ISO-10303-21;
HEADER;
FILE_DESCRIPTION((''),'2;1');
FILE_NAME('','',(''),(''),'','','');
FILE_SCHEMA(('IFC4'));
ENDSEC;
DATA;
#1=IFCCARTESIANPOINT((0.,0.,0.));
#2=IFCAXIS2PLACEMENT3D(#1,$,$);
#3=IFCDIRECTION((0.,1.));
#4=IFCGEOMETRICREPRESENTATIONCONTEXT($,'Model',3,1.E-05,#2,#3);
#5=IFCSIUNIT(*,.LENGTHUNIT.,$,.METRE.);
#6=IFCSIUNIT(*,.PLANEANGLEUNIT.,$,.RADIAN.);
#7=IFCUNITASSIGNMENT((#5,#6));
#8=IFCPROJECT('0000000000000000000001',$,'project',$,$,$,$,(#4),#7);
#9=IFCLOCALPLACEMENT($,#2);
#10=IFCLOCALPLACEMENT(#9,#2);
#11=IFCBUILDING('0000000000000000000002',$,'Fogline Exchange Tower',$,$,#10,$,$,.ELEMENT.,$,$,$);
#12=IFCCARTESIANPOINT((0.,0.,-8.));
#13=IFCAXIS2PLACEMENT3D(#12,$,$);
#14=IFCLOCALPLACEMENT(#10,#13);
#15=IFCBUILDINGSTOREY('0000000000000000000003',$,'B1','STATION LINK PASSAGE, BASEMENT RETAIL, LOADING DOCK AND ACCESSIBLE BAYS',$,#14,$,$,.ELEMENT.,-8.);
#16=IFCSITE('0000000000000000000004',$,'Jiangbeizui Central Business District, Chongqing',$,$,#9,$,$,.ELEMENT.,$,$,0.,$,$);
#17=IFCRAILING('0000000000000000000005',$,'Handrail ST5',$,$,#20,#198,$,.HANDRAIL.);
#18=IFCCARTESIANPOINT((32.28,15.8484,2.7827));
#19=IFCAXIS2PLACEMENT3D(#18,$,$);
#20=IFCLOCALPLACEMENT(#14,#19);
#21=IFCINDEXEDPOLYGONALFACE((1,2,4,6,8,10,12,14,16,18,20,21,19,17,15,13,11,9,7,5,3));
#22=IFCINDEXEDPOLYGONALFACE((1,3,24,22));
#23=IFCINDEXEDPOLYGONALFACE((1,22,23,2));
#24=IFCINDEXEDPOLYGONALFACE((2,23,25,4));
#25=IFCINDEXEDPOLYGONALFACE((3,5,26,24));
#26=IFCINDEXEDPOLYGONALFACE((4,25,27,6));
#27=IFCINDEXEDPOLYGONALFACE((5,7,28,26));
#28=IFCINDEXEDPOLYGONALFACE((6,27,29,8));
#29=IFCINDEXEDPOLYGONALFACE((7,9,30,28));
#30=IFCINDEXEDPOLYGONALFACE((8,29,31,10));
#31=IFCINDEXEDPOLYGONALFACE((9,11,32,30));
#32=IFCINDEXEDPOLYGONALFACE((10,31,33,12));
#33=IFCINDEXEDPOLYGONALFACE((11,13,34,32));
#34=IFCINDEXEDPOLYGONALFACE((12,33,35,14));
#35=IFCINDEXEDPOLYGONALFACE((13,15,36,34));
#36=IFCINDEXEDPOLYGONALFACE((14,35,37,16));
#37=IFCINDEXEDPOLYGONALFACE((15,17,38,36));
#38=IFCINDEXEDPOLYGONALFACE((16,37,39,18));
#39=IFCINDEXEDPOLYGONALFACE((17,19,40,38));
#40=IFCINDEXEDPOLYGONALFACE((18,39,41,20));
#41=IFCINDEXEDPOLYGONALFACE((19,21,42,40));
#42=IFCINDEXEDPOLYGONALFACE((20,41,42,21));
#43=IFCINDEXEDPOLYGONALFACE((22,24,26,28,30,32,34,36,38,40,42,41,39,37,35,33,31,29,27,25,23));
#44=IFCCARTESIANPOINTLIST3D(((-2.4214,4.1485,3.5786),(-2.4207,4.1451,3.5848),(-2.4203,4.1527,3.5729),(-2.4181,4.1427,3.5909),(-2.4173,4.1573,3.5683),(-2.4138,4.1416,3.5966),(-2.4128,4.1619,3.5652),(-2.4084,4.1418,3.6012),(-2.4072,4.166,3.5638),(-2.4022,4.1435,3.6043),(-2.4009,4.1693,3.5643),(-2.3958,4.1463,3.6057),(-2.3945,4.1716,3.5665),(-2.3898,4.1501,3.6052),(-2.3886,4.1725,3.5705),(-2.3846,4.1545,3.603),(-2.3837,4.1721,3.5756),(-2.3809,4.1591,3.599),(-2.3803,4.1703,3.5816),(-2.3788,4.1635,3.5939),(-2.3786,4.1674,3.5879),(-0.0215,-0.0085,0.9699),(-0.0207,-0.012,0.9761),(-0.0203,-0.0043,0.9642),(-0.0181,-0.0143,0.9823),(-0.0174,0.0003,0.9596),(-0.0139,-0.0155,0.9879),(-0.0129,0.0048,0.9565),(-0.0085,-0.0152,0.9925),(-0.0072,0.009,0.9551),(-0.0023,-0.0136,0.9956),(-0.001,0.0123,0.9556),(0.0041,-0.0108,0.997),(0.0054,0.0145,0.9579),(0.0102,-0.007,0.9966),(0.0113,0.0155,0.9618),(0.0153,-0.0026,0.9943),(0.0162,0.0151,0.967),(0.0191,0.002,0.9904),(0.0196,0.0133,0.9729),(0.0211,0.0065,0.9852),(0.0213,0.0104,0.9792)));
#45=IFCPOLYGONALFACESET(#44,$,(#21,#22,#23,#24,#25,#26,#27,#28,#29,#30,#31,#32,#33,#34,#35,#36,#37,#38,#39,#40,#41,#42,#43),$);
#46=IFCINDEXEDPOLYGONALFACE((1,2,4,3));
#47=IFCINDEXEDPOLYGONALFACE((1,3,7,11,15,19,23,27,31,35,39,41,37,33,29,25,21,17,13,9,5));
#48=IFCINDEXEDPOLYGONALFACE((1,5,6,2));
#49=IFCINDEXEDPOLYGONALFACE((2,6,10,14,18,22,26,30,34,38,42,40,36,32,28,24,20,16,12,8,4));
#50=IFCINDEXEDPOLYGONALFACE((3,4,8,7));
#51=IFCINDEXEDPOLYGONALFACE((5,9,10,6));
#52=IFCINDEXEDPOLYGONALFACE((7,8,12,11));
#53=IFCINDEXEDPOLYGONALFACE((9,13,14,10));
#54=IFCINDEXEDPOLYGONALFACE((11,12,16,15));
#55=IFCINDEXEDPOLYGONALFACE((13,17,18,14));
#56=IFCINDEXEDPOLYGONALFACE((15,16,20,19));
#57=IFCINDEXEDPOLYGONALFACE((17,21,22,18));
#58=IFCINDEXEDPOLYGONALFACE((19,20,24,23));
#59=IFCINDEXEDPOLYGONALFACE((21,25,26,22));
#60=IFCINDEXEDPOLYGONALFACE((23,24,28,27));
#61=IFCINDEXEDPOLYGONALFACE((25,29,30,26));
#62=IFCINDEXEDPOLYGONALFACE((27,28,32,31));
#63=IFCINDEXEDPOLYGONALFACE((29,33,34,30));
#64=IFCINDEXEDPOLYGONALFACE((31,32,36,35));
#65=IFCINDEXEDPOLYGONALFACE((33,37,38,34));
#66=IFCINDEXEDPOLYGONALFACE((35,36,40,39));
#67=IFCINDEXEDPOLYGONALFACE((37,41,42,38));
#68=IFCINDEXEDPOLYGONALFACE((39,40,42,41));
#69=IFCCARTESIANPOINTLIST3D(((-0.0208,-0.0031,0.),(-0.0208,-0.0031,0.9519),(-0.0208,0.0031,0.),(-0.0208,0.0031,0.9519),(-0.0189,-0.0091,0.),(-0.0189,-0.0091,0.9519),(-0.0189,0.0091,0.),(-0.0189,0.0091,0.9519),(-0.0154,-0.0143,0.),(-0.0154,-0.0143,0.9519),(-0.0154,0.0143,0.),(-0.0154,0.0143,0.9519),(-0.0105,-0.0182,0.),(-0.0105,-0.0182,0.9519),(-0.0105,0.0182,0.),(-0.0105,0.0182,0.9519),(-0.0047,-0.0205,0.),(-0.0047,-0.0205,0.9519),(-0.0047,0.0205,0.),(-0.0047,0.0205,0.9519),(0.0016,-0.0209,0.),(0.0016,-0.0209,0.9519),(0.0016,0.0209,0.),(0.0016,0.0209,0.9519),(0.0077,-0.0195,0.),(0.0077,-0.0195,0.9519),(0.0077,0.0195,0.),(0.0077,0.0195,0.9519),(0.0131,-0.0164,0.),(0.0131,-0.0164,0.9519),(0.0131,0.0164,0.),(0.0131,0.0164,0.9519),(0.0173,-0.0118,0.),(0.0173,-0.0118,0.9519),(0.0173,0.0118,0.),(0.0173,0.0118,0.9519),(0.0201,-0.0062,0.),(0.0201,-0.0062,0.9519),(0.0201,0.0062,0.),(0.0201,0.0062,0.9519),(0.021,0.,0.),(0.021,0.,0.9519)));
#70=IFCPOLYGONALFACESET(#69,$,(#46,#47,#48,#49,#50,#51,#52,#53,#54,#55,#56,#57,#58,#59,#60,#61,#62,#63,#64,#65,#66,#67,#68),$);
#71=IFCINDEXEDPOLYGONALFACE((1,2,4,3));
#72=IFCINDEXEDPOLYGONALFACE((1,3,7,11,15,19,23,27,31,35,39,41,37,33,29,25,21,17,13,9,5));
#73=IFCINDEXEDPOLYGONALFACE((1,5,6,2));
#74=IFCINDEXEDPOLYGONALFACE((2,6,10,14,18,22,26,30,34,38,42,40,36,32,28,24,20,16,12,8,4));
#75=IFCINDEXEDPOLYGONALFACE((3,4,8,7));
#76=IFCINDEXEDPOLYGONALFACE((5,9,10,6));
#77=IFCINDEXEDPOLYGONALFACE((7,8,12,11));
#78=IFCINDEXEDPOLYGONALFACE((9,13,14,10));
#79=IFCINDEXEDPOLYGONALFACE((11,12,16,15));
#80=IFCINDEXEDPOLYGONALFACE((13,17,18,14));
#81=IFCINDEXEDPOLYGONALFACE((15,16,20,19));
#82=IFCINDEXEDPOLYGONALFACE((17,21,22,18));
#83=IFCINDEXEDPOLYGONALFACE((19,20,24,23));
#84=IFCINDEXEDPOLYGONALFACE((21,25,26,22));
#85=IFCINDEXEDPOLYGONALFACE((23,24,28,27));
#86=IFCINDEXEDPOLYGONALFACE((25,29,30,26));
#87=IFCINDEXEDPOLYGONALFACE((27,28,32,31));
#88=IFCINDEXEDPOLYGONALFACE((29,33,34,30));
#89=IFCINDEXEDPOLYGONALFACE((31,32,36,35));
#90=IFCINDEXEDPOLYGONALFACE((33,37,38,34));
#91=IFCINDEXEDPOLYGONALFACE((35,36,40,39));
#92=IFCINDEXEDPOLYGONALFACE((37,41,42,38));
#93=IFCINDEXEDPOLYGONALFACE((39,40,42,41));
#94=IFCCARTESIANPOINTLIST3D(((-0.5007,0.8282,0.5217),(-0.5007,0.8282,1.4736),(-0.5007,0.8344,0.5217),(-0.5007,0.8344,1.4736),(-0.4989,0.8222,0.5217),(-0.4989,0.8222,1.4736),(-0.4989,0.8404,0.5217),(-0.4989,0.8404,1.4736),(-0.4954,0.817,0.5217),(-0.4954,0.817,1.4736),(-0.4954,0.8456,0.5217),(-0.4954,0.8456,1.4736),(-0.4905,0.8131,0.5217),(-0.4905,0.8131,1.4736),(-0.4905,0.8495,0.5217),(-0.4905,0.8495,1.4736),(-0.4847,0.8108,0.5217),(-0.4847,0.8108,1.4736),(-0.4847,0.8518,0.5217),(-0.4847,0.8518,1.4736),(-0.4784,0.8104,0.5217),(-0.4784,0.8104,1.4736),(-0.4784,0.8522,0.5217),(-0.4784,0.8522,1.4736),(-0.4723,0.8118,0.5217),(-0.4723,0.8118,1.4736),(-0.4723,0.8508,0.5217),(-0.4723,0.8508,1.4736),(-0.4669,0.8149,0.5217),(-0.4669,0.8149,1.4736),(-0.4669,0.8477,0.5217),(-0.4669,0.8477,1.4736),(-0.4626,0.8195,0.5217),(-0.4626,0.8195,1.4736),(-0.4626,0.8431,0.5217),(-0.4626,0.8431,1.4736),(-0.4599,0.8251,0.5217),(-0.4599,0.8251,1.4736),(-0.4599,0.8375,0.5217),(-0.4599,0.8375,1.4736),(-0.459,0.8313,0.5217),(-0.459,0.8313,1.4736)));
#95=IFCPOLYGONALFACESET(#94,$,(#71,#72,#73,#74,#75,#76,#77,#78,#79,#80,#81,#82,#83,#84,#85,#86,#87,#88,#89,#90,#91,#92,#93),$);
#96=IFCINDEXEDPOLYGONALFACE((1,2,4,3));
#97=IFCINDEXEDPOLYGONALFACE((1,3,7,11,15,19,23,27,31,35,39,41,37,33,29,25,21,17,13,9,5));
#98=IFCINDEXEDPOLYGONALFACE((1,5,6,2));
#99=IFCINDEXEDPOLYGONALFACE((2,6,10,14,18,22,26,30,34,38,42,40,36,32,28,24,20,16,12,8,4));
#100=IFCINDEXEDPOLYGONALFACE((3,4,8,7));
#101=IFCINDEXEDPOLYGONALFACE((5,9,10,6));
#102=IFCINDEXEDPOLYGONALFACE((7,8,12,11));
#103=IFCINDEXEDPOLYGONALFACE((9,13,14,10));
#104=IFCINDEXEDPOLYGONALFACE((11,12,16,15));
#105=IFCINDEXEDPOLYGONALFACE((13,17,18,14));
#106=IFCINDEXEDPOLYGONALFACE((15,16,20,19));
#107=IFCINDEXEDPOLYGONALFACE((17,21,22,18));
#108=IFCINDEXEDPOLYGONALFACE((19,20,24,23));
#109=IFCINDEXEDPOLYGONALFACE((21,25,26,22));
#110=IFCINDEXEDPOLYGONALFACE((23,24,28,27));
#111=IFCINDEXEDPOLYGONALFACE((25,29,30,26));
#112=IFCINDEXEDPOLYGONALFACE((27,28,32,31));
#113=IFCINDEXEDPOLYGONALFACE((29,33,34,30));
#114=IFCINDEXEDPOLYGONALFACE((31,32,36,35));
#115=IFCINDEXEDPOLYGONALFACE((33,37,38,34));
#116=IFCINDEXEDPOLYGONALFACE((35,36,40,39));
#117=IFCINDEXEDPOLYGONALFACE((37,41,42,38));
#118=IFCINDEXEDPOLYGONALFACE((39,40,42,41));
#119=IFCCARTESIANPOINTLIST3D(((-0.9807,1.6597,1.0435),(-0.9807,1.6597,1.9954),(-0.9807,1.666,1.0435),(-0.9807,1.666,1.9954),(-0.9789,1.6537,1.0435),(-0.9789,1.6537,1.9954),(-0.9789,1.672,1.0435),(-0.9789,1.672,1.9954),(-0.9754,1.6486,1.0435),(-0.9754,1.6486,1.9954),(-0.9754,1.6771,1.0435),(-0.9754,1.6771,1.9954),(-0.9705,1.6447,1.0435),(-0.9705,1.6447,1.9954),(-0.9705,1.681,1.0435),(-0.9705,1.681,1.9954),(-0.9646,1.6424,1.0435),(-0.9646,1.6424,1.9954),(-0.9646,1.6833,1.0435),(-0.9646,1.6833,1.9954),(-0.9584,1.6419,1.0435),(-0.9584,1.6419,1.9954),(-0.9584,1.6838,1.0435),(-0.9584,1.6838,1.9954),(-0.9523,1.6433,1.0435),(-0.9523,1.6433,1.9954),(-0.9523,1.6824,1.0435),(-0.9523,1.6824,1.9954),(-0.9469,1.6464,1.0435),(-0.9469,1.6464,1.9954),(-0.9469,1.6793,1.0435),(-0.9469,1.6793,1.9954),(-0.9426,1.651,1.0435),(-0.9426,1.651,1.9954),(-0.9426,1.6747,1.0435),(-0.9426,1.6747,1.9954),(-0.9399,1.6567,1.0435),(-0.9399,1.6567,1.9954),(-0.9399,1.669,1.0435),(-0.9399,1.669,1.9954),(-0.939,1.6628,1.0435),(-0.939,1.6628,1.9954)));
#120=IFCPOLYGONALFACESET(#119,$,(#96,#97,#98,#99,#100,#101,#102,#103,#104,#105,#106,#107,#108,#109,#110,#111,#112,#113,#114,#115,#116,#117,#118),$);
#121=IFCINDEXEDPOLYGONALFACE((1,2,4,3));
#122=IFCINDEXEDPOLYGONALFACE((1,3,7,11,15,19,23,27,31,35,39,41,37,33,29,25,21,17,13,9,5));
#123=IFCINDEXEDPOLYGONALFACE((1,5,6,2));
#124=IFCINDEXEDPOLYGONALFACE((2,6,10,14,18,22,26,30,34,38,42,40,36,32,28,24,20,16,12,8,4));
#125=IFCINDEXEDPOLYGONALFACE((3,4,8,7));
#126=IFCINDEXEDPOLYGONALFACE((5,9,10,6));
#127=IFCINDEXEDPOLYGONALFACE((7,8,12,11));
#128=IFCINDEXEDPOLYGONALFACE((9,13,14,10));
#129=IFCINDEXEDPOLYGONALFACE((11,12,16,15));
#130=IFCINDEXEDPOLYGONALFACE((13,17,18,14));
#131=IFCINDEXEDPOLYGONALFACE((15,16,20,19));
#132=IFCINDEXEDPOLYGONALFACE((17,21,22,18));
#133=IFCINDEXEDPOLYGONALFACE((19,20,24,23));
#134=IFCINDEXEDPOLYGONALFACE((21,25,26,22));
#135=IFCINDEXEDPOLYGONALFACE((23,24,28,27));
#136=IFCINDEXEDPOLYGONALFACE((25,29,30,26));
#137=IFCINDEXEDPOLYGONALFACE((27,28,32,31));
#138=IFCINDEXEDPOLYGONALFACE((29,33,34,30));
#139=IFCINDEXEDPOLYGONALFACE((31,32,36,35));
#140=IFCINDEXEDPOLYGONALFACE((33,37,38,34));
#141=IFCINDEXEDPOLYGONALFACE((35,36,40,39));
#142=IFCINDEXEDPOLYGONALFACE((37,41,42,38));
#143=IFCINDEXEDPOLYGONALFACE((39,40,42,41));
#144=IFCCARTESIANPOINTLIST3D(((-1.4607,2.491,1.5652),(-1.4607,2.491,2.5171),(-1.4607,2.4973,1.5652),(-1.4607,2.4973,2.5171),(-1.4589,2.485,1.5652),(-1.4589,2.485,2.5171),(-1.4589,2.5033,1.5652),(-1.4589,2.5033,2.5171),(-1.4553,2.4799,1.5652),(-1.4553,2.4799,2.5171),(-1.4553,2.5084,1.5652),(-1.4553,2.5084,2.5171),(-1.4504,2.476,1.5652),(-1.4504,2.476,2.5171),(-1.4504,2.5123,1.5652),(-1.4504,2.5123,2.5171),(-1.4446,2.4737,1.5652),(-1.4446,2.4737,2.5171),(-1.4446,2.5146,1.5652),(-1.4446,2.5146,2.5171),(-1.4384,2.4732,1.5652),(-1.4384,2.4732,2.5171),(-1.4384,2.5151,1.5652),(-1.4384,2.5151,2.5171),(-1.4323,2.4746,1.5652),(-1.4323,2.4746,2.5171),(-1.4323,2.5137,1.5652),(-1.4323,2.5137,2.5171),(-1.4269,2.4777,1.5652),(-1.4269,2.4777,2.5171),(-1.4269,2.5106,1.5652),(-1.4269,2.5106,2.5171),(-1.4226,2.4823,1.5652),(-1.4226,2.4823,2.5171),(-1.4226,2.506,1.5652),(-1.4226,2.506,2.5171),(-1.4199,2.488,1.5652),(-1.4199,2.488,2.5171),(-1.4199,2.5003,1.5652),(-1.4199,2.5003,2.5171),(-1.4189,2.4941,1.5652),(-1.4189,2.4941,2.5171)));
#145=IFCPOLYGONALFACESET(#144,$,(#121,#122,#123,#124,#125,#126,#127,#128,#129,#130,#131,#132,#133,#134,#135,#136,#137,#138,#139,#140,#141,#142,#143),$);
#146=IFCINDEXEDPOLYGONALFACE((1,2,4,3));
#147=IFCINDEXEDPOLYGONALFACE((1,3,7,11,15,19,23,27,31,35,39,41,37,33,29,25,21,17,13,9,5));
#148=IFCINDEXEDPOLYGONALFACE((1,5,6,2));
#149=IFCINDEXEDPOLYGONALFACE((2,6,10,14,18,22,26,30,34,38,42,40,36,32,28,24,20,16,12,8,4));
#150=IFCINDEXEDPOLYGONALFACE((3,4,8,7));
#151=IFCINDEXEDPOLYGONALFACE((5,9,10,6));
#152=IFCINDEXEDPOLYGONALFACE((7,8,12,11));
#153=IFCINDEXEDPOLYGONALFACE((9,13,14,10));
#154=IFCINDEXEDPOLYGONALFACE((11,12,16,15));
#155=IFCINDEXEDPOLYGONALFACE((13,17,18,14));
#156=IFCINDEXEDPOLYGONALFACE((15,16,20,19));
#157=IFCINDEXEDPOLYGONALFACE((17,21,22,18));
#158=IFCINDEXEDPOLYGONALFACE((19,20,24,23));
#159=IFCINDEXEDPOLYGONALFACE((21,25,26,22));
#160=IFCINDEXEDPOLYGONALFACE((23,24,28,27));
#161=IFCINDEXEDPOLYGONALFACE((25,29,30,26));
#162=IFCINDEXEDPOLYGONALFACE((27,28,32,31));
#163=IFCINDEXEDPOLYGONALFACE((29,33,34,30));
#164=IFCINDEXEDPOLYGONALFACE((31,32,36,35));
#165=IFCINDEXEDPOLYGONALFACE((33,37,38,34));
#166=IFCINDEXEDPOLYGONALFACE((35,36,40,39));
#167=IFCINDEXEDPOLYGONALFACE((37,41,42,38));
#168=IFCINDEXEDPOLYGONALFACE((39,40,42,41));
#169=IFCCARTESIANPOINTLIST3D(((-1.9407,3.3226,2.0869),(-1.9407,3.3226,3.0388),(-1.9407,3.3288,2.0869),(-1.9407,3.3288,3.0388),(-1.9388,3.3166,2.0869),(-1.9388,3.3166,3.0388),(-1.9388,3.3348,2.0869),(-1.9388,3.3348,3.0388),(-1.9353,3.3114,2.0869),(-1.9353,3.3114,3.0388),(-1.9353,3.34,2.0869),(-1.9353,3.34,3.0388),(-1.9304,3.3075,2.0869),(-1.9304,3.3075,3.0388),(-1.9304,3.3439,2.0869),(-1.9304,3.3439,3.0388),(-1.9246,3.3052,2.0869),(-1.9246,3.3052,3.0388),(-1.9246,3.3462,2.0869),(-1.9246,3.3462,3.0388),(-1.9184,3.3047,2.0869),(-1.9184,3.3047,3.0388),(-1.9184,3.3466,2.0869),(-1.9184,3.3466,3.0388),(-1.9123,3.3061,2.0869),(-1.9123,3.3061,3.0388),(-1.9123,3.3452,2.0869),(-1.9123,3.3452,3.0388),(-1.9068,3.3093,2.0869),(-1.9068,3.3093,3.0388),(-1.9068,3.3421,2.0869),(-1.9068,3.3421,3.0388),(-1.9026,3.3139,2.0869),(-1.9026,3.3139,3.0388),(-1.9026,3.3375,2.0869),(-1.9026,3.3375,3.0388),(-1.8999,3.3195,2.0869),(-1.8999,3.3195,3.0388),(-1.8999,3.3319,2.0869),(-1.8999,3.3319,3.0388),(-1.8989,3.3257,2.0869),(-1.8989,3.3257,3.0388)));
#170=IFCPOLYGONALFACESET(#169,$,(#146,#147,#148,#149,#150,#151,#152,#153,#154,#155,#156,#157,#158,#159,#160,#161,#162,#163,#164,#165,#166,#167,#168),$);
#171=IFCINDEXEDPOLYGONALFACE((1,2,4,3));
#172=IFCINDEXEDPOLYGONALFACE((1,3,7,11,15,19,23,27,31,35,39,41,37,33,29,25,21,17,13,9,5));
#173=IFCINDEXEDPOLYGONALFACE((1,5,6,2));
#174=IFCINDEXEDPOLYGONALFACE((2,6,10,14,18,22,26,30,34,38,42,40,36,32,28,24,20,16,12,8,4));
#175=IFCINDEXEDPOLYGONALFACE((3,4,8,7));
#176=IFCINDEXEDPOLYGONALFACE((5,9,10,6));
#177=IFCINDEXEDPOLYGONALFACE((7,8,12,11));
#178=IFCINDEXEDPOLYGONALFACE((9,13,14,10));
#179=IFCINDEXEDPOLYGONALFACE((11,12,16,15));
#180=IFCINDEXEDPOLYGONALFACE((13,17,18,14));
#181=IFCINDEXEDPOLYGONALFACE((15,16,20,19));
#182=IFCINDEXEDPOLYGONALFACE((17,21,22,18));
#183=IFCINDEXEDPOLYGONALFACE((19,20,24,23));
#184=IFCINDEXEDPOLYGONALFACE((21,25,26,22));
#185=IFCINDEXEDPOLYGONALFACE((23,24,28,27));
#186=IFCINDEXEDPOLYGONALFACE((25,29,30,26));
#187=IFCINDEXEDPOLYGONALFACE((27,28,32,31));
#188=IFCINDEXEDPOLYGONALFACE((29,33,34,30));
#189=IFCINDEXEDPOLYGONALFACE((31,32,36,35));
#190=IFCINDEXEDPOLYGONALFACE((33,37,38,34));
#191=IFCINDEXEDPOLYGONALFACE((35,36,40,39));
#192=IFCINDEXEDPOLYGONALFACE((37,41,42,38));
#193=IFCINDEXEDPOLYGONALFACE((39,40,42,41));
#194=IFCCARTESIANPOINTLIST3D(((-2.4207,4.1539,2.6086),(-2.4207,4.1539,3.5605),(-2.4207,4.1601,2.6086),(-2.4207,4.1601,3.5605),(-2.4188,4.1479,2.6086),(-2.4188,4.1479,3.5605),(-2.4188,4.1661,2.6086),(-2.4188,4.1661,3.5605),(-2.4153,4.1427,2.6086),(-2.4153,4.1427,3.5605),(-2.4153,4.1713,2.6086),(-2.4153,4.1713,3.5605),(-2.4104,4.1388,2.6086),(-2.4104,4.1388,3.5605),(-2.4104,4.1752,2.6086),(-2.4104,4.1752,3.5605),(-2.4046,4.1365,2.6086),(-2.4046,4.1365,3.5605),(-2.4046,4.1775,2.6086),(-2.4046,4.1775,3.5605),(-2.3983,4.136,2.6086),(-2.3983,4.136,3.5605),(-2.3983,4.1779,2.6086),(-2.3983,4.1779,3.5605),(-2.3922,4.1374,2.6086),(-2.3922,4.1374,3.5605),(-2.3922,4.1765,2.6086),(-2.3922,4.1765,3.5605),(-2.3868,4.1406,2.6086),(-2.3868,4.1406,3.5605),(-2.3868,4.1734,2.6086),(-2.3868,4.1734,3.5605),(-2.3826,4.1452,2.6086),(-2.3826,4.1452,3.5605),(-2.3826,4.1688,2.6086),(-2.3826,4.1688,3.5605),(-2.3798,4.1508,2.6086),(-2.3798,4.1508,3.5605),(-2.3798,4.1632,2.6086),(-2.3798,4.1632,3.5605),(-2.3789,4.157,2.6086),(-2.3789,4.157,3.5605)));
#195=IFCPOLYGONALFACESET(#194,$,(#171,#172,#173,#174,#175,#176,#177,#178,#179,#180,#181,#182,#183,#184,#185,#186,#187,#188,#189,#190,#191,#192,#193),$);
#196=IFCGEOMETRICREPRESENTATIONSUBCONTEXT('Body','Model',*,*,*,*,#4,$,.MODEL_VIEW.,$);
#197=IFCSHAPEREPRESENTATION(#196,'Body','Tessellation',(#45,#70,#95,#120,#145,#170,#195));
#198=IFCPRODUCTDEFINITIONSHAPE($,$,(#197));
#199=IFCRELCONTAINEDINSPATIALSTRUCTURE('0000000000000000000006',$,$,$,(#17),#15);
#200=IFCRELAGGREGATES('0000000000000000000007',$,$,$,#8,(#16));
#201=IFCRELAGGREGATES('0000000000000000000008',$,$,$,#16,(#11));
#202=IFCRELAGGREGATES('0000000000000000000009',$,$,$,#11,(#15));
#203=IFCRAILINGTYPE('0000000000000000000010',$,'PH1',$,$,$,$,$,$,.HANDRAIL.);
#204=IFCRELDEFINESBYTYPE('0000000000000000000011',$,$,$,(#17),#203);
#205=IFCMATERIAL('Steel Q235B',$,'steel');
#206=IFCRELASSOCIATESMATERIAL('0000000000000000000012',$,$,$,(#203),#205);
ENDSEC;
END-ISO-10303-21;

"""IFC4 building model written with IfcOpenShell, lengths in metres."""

from ifc_helpers import new_model, si_unit, direction, frame, origin, origin_2d, place, context, subcontext, project, spatial, circle, extrude, material, type_object, element, save


model = new_model("IFC4")

# Units and contexts
model_context = context("Model", 3, precision=1e-05, world=origin(), true_north=direction((0.0, 1.0)))
body_context = subcontext(model_context, "Body", "Model", "MODEL_VIEW")
ifc_project = project(units=[si_unit("LENGTHUNIT", "METRE"), si_unit("PLANEANGLEUNIT", "RADIAN")], contexts=[model_context])

# Site, building, storey
site_placement = place(None, origin())
site = spatial("IfcSite", under=ifc_project, at=site_placement, Name="Jiangbeizui Central Business District, Chongqing", CompositionType="ELEMENT", RefElevation=0.0)
building_placement = place(site_placement, origin())
building = spatial("IfcBuilding", under=site, at=building_placement, Name="Fogline Exchange Tower", CompositionType="ELEMENT")
storey_placement = place(building_placement, frame((0.0, 0.0, -8.0)))
storey = spatial("IfcBuildingStorey", under=building, at=storey_placement, Name="B1", Description="STATION LINK PASSAGE, BASEMENT RETAIL, LOADING DOCK AND ACCESSIBLE BAYS", CompositionType="ELEMENT", Elevation=-8.0)

# Shared definitions
ifc_material_1 = material(Name="Steel Q235B", Category="steel")

# Railing
railing_type_1 = type_object("IfcRailingType", Name="PH1", PredefinedType="HANDRAIL", material=ifc_material_1)
railing_1_placement = place(storey_placement, frame((32.28, 15.8484, 2.7827)))
element("IfcRailing", 1, at=railing_1_placement, inside=storey, type_object=railing_type_1, Name="Handrail ST5", PredefinedType="HANDRAIL", context=body_context, shape_type="SweptSolid", body=[
    extrude(circle(Radius=0.0239, at=origin_2d()), frame((0.0, 0.0, 0.9761), z_axis=(-0.439296, 0.760925, 0.477506), x_axis=(-0.866037, -0.499979, 0.0)), (0.0, 0.0, 1.0), 5.4631),
    extrude(circle(Radius=0.021, at=origin_2d()), origin(), (0.0, 0.0, 1.0), 0.9519),
    extrude(circle(Radius=0.021, at=origin_2d()), frame((-0.48, 0.8313, 0.5217)), (0.0, 0.0, 1.0), 0.9519),
    extrude(circle(Radius=0.021, at=origin_2d()), frame((-0.96, 1.6628, 1.0435)), (0.0, 0.0, 1.0), 0.9519),
    extrude(circle(Radius=0.021, at=origin_2d()), frame((-1.4399, 2.4941, 1.5652)), (0.0, 0.0, 1.0), 0.9519),
    extrude(circle(Radius=0.021, at=origin_2d()), frame((-1.9199, 3.3257, 2.0869)), (0.0, 0.0, 1.0), 0.9519),
    extrude(circle(Radius=0.021, at=origin_2d()), frame((-2.3999, 4.157, 2.6086)), (0.0, 0.0, 1.0), 0.9519),
])

save(model, "model.ifc")
